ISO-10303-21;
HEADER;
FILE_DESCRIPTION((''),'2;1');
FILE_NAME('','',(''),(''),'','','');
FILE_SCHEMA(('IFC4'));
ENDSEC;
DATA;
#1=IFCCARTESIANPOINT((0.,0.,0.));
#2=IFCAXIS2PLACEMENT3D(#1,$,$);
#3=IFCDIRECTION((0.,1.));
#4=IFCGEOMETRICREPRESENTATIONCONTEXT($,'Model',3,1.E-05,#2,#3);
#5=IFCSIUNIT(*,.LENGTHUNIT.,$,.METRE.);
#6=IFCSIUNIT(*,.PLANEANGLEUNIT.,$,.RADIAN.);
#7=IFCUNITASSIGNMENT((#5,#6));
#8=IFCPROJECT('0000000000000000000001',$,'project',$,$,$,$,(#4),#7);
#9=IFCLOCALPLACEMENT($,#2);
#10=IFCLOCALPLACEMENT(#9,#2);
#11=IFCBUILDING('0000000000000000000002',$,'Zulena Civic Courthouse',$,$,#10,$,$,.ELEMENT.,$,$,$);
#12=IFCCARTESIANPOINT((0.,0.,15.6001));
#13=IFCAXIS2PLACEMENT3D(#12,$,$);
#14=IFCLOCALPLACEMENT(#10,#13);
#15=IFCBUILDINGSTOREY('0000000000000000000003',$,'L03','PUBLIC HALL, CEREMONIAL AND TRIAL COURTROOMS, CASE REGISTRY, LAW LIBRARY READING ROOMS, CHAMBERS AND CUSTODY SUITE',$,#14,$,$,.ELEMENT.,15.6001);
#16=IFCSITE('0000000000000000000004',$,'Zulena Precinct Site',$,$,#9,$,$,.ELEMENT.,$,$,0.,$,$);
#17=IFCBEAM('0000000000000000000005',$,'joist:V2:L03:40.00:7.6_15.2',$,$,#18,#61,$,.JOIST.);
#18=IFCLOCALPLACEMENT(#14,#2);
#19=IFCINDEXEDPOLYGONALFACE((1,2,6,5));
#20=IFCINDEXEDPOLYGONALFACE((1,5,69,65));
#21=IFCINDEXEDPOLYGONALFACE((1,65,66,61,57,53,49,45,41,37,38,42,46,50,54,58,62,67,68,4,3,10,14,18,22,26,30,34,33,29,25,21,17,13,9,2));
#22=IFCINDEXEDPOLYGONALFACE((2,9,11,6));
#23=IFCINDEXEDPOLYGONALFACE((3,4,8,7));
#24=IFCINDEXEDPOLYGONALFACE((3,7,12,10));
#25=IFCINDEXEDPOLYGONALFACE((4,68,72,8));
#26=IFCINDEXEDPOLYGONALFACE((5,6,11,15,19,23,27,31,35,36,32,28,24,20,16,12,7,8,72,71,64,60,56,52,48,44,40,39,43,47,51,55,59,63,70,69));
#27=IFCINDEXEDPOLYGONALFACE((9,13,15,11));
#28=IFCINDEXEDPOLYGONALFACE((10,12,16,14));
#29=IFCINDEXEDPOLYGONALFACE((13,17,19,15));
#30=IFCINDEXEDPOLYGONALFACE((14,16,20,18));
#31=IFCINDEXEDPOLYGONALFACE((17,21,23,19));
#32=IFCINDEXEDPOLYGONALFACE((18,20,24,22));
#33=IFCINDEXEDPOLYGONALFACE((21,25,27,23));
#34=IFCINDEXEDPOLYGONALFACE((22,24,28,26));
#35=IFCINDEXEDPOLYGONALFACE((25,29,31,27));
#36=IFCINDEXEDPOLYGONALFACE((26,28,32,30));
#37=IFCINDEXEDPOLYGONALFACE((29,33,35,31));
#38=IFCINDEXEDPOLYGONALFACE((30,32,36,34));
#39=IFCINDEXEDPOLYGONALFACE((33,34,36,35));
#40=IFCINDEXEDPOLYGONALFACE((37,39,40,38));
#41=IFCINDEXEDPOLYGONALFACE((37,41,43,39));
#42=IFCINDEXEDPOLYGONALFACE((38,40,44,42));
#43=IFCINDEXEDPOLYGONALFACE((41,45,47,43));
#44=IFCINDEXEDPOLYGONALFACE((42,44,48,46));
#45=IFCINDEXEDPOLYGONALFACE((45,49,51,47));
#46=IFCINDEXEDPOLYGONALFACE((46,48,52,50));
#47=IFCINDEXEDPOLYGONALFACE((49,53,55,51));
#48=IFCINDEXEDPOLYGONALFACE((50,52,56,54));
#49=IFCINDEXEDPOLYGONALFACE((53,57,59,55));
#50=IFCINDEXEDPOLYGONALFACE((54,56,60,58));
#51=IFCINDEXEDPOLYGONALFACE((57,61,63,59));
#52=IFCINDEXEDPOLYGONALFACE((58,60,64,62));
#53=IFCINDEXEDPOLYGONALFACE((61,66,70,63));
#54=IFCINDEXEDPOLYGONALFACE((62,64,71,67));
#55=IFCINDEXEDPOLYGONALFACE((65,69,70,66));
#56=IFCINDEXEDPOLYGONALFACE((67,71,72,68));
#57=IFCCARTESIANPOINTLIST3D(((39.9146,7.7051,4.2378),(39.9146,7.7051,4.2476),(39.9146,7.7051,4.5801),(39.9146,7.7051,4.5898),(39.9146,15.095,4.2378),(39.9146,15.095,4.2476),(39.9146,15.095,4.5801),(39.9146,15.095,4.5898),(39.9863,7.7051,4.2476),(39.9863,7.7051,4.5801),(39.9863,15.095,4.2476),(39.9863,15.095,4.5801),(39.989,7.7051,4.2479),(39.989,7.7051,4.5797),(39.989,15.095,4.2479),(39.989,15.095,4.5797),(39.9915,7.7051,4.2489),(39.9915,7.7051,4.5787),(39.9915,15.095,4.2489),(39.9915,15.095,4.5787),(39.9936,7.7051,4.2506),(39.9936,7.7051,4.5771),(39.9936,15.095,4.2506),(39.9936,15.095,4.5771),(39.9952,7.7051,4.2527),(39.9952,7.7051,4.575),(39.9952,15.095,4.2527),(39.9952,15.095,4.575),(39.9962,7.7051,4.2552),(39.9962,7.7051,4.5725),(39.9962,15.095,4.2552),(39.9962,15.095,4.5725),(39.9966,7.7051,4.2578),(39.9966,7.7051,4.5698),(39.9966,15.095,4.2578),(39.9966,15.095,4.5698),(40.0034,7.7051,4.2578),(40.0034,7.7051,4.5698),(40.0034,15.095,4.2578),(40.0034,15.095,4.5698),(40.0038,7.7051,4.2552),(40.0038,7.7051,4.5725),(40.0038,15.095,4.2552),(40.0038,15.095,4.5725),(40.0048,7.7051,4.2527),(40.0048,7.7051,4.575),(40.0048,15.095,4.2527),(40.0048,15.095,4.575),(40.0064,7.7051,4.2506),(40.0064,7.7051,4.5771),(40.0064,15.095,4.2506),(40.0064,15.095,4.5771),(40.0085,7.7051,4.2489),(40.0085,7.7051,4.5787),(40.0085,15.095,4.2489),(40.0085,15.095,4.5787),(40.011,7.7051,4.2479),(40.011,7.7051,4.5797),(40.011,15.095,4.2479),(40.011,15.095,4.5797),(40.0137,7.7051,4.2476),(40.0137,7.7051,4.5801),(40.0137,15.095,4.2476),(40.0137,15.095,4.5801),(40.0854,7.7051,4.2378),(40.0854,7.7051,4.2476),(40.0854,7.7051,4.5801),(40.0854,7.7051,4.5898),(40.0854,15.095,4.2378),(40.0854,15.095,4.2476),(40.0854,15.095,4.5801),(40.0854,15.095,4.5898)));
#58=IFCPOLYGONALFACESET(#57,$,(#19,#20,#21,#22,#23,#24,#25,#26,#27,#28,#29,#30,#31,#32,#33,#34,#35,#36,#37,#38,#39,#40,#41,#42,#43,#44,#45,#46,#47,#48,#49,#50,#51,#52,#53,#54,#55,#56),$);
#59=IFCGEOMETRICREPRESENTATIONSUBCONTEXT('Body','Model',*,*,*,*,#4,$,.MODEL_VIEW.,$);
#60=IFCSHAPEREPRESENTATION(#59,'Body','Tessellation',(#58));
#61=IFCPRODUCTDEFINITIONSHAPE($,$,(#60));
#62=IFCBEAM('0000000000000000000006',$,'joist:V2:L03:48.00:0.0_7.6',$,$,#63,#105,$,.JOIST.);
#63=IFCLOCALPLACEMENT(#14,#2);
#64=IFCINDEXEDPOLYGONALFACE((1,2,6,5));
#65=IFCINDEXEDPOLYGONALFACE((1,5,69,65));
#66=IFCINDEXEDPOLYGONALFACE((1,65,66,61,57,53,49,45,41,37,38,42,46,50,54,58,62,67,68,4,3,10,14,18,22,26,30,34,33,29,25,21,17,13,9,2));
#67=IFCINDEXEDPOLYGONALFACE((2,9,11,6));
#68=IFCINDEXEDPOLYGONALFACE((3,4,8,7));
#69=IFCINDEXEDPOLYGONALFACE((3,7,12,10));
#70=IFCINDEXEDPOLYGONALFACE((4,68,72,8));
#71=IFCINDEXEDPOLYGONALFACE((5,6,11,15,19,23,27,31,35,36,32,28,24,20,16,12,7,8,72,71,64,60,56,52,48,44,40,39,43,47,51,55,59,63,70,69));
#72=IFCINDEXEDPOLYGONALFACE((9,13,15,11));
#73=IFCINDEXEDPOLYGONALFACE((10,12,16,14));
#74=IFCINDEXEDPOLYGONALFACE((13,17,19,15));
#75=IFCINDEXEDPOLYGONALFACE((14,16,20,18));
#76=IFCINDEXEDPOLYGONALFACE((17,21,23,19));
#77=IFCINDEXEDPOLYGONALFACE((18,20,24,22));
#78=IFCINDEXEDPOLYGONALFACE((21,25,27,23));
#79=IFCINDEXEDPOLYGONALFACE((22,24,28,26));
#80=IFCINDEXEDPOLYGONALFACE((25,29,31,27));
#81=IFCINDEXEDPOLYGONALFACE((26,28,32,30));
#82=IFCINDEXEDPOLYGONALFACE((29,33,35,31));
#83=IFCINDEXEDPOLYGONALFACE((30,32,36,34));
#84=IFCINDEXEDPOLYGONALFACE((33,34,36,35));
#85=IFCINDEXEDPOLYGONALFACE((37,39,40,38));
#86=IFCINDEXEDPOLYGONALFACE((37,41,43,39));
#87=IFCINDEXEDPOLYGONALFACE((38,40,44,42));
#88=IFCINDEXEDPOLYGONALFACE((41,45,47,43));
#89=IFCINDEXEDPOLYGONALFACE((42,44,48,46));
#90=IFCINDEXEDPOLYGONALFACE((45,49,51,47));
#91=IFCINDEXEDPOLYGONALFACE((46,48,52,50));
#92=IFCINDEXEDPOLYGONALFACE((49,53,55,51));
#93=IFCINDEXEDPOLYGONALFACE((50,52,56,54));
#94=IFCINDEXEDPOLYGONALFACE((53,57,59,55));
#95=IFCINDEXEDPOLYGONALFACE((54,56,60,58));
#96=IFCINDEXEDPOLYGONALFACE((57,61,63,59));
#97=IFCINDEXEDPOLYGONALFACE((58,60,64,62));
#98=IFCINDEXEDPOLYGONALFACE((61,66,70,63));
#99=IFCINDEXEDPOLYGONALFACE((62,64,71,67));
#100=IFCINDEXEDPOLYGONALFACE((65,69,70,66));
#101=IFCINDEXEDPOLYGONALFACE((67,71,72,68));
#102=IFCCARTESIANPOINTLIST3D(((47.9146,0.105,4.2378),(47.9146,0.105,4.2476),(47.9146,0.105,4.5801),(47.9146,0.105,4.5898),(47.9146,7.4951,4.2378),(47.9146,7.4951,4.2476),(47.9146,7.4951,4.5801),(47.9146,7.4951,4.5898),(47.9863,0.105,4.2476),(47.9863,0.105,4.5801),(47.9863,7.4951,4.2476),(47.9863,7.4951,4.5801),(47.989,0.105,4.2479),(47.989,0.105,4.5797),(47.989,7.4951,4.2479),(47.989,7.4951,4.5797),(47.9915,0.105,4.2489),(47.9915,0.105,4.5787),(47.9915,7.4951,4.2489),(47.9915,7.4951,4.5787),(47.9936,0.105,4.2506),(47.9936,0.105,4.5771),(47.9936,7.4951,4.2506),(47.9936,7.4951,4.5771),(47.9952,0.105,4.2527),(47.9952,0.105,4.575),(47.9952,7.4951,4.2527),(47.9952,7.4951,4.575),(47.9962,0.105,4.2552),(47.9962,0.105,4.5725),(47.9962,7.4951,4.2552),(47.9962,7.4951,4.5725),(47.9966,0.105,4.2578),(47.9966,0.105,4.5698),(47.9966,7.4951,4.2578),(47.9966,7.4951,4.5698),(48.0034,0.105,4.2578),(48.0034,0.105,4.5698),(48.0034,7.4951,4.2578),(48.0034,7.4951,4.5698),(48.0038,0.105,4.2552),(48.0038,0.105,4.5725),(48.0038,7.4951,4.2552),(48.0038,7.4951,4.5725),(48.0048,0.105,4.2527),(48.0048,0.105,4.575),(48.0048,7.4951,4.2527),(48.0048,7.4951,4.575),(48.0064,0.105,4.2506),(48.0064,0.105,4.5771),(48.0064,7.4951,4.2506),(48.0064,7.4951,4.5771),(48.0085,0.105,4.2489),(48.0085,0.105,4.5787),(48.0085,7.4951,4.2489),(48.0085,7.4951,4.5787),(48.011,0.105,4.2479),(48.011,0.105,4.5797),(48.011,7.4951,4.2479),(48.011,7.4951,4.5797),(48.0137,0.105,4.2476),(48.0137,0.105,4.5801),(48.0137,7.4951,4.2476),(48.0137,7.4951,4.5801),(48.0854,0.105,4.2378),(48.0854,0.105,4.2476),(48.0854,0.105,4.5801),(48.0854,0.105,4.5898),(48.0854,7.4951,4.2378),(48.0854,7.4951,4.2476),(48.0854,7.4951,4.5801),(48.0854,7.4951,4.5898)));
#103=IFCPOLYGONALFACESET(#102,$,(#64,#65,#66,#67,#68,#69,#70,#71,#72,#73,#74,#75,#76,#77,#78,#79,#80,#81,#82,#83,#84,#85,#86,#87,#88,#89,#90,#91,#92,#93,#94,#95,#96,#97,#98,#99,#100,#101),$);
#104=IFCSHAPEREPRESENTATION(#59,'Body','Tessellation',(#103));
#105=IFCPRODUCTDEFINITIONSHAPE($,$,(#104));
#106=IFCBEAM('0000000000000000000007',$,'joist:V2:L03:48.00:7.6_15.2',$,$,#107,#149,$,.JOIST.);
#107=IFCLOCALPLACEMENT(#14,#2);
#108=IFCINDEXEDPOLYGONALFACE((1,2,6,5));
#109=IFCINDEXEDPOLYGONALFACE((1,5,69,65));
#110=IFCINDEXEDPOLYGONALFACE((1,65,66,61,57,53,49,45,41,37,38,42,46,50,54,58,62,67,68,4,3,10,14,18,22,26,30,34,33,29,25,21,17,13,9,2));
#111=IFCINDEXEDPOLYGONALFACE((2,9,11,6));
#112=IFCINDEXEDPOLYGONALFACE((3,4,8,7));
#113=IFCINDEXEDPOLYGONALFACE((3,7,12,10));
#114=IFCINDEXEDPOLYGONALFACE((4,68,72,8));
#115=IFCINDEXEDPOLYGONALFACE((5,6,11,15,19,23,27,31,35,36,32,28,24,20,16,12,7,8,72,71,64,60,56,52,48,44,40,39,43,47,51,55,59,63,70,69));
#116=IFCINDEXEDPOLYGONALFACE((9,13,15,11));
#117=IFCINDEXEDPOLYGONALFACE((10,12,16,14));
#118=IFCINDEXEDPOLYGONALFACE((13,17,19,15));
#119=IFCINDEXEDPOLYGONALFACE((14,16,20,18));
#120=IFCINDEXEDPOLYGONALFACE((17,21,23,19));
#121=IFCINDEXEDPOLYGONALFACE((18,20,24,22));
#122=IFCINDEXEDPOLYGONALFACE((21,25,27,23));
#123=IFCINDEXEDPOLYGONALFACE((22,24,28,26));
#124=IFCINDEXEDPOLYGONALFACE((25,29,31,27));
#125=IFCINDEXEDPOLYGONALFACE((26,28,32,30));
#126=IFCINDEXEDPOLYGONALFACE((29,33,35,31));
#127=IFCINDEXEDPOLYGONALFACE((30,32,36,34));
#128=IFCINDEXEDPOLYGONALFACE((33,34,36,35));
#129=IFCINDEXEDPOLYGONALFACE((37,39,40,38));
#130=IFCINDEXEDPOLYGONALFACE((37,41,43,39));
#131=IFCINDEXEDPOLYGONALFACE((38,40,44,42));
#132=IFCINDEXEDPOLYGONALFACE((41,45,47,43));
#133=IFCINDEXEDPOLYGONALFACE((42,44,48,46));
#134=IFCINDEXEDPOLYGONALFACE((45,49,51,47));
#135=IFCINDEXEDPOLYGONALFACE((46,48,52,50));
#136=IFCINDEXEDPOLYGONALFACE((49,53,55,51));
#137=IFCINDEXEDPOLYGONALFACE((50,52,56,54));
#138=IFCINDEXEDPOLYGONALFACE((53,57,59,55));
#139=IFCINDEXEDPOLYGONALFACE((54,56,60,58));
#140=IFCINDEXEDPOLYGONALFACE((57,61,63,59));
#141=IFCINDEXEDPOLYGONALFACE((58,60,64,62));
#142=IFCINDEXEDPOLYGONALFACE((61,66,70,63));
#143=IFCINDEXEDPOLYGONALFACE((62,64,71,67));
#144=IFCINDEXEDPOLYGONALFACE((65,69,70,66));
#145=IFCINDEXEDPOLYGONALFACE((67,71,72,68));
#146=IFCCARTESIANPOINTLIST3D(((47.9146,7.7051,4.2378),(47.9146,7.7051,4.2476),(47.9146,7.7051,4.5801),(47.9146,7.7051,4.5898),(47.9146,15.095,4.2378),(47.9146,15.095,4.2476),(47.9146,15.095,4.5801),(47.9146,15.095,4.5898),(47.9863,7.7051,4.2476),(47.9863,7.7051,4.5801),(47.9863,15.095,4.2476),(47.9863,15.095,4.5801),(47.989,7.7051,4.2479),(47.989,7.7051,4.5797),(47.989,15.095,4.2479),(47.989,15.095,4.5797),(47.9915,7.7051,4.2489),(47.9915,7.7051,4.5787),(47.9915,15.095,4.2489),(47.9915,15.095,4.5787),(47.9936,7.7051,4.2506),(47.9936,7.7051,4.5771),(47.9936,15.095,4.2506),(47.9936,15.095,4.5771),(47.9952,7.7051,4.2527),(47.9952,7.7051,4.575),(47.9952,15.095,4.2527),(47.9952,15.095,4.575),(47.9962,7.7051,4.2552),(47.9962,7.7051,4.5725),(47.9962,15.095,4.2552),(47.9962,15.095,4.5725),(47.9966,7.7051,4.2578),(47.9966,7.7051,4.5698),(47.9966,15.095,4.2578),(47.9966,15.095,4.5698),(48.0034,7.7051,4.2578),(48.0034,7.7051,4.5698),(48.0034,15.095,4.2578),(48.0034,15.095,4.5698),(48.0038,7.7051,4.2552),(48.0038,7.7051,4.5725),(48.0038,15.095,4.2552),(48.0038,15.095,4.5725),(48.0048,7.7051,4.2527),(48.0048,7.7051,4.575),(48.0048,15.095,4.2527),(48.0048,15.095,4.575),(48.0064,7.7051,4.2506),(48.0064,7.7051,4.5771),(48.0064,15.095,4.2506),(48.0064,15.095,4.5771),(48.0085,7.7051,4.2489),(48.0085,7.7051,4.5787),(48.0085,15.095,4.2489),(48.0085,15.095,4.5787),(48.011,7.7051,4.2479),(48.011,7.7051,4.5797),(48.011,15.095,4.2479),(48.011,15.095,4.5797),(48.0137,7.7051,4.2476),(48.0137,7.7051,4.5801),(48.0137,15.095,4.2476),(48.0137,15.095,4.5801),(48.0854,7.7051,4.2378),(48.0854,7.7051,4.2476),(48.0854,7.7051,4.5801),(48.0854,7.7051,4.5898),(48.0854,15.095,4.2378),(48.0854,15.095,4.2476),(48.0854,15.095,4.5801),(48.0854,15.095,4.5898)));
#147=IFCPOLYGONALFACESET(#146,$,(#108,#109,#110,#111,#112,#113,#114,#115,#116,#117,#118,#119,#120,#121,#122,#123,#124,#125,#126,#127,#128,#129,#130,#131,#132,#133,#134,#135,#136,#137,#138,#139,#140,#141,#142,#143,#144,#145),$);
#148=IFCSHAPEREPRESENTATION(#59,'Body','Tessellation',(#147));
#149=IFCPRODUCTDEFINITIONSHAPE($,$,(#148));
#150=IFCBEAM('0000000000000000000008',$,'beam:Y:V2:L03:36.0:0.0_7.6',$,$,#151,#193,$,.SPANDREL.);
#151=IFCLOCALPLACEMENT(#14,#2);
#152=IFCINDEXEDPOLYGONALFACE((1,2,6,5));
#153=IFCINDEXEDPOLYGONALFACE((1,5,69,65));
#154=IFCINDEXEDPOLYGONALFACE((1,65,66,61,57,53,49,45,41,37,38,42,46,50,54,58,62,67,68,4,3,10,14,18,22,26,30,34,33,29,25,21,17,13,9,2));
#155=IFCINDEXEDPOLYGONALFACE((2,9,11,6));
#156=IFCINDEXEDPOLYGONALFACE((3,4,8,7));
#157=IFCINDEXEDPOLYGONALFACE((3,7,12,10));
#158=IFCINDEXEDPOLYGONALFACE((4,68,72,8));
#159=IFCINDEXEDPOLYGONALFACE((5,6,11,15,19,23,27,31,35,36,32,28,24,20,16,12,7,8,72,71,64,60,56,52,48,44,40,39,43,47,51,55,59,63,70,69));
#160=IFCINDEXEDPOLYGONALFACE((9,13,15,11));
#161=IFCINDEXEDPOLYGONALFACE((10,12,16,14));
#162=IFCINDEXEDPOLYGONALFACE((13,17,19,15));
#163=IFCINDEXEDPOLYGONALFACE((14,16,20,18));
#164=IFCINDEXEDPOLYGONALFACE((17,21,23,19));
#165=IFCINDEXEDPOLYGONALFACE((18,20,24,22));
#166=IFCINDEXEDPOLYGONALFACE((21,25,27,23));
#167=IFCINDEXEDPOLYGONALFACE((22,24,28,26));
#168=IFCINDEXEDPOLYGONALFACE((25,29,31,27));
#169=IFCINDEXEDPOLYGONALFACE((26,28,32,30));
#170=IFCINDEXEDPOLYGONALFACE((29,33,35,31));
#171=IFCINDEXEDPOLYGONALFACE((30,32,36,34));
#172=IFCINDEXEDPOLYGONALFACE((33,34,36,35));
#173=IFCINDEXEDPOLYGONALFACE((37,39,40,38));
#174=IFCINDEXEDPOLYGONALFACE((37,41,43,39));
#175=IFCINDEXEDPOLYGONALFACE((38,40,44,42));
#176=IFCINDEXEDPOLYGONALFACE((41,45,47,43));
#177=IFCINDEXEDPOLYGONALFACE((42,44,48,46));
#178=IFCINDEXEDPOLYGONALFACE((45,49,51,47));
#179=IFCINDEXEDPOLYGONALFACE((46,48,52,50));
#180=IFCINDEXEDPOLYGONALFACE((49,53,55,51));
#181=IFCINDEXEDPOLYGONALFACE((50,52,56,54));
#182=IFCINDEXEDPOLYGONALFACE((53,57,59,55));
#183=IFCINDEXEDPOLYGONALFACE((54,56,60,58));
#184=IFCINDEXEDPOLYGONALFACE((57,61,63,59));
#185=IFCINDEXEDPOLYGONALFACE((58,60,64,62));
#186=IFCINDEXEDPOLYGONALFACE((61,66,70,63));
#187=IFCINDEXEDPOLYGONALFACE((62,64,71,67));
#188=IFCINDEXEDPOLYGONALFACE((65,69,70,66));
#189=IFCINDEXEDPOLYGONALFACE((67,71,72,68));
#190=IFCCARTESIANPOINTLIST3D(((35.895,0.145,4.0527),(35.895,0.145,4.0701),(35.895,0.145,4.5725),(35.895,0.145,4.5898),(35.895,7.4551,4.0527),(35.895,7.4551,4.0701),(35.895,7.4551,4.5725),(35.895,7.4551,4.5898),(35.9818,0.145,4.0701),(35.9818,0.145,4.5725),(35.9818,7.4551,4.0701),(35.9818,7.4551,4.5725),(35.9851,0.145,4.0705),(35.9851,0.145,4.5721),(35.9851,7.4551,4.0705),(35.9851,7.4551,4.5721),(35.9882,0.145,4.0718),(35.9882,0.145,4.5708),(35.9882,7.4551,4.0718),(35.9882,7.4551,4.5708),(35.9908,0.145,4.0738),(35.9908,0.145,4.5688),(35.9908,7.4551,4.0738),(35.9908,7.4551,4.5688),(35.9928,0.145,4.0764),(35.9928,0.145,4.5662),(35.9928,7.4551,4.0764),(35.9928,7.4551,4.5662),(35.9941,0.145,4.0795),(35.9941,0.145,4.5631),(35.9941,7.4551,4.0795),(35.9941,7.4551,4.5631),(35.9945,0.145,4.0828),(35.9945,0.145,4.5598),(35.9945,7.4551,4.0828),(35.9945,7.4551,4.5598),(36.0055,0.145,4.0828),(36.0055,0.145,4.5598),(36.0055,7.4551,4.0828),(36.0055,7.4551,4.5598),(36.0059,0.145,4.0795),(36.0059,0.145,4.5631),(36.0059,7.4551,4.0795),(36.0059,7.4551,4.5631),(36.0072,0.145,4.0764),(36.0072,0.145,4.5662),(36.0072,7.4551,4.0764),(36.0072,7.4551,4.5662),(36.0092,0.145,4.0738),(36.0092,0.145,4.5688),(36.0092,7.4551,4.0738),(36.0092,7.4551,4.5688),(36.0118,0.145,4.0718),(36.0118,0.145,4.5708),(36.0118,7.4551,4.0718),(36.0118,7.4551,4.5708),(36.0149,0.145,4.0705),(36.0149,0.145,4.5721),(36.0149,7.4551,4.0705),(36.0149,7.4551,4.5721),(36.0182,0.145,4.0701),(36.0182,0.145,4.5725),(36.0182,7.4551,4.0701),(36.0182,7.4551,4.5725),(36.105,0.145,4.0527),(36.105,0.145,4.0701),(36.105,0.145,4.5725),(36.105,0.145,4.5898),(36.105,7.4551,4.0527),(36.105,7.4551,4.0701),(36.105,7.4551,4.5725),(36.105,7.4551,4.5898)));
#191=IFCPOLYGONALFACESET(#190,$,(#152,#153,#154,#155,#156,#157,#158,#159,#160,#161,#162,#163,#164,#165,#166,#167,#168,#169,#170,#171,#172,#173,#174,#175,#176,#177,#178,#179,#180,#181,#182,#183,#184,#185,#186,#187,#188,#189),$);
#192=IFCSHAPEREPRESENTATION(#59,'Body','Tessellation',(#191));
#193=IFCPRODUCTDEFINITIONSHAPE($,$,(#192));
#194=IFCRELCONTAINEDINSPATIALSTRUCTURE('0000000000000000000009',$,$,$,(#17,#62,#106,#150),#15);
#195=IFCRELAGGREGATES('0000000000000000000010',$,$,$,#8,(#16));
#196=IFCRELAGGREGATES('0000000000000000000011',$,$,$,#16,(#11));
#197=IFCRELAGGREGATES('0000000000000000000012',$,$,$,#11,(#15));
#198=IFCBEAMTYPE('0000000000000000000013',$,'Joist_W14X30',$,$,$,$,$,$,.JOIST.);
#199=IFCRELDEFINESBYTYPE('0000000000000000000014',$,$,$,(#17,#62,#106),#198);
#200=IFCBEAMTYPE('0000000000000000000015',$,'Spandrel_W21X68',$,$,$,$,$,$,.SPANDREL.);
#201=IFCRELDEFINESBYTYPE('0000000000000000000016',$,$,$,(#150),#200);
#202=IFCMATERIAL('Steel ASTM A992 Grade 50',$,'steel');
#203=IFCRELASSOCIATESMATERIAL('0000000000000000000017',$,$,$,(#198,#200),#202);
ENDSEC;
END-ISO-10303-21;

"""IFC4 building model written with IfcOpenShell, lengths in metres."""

from ifc_helpers import new_model, si_unit, direction, frame, origin, origin_2d, place, context, subcontext, project, spatial, i_section, extrude, material, material_profile, profile_set, type_object, element, save


model = new_model("IFC4")

# Units and contexts
model_context = context("Model", 3, precision=1e-05, world=origin(), true_north=direction((0.0, 1.0)))
body_context = subcontext(model_context, "Body", "Model", "MODEL_VIEW")
ifc_project = project(units=[si_unit("LENGTHUNIT", "METRE"), si_unit("PLANEANGLEUNIT", "RADIAN")], contexts=[model_context])

# Site, building, storey
site_placement = place(None, origin())
site = spatial("IfcSite", under=ifc_project, at=site_placement, Name="Zulena Precinct Site", CompositionType="ELEMENT", RefElevation=0.0)
building_placement = place(site_placement, origin())
building = spatial("IfcBuilding", under=site, at=building_placement, Name="Zulena Civic Courthouse", CompositionType="ELEMENT")
storey_placement = place(building_placement, frame((0.0, 0.0, 15.6001)))
storey = spatial("IfcBuildingStorey", under=building, at=storey_placement, Name="L03", Description="PUBLIC HALL, CEREMONIAL AND TRIAL COURTROOMS, CASE REGISTRY, LAW LIBRARY READING ROOMS, CHAMBERS AND CUSTODY SUITE", CompositionType="ELEMENT", Elevation=15.6001)

# Shared definitions
ifc_material_1 = material(Name="Steel ASTM A992 Grade 50", Category="steel")

# Beams
ifc_material_profile_1 = material_profile(ifc_material_1, i_section(OverallWidth=0.1709, OverallDepth=0.3521, WebThickness=0.0068, FlangeThickness=0.0098, FilletRadius=0.0103, at=origin_2d()), Name="W14X30")
ifc_profile_set_1 = profile_set([ifc_material_profile_1], Name="Steel ASTM A992 Grade 50")
beam_type_1 = type_object("IfcBeamType", Name="Joist_W14X30", PredefinedType="JOIST", material=ifc_profile_set_1)
beam_1_placement = place(storey_placement, frame((40.0, 7.7051, 4.4138), z_axis=(0.0, 1.0, 0.0), x_axis=(-1.0, 0.0, 0.0)))
element("IfcBeam", 1, at=beam_1_placement, inside=storey, type_object=beam_type_1, Name="joist:V2:L03:40.00:7.6_15.2", PredefinedType="JOIST", context=body_context, shape_type="SweptSolid", body=[
    extrude(i_section(OverallWidth=0.1709, OverallDepth=0.3521, WebThickness=0.0068, FlangeThickness=0.0098, FilletRadius=0.0103, at=origin_2d()), origin(), (0.0, 0.0, 1.0), 7.3899),
])
beam_2_placement = place(storey_placement, frame((48.0, 0.105, 4.4138), z_axis=(0.0, 1.0, 0.0), x_axis=(-1.0, 0.0, 0.0)))
element("IfcBeam", 2, at=beam_2_placement, inside=storey, type_object=beam_type_1, Name="joist:V2:L03:48.00:0.0_7.6", PredefinedType="JOIST", context=body_context, shape_type="SweptSolid", body=[
    extrude(i_section(OverallWidth=0.1709, OverallDepth=0.3521, WebThickness=0.0068, FlangeThickness=0.0098, FilletRadius=0.0103, at=origin_2d()), origin(), (0.0, 0.0, 1.0), 7.3901),
])
beam_3_placement = place(storey_placement, frame((48.0, 7.7051, 4.4138), z_axis=(0.0, 1.0, 0.0), x_axis=(-1.0, 0.0, 0.0)))
element("IfcBeam", 3, at=beam_3_placement, inside=storey, type_object=beam_type_1, Name="joist:V2:L03:48.00:7.6_15.2", PredefinedType="JOIST", context=body_context, shape_type="SweptSolid", body=[
    extrude(i_section(OverallWidth=0.1709, OverallDepth=0.3521, WebThickness=0.0068, FlangeThickness=0.0098, FilletRadius=0.0103, at=origin_2d()), origin(), (0.0, 0.0, 1.0), 7.3899),
])
ifc_material_profile_2 = material_profile(ifc_material_1, i_section(OverallWidth=0.21, OverallDepth=0.5371, WebThickness=0.011, FlangeThickness=0.0173, FilletRadius=0.0127, at=origin_2d()), Name="W21X68")
ifc_profile_set_2 = profile_set([ifc_material_profile_2], Name="Steel ASTM A992 Grade 50")
beam_type_2 = type_object("IfcBeamType", Name="Spandrel_W21X68", PredefinedType="SPANDREL", material=ifc_profile_set_2)
for number, where, z_axis, x_axis, name in (
    (4, (36.0, 0.145, 4.3213), (0.0, 1.0, 0.0), (-1.0, 0.0, 0.0), "beam:Y:V2:L03:36.0:0.0_7.6"),
):
    element("IfcBeam", number, at=place(storey_placement, frame(where, z_axis=z_axis, x_axis=x_axis)), inside=storey, type_object=beam_type_2, Name=name, PredefinedType="SPANDREL", context=body_context, shape_type="SweptSolid", body=[
        extrude(i_section(OverallWidth=0.21, OverallDepth=0.5371, WebThickness=0.011, FlangeThickness=0.0173, FilletRadius=0.0127, at=origin_2d()), origin(), (0.0, 0.0, 1.0), 7.3101),
    ])

save(model, "model.ifc")
